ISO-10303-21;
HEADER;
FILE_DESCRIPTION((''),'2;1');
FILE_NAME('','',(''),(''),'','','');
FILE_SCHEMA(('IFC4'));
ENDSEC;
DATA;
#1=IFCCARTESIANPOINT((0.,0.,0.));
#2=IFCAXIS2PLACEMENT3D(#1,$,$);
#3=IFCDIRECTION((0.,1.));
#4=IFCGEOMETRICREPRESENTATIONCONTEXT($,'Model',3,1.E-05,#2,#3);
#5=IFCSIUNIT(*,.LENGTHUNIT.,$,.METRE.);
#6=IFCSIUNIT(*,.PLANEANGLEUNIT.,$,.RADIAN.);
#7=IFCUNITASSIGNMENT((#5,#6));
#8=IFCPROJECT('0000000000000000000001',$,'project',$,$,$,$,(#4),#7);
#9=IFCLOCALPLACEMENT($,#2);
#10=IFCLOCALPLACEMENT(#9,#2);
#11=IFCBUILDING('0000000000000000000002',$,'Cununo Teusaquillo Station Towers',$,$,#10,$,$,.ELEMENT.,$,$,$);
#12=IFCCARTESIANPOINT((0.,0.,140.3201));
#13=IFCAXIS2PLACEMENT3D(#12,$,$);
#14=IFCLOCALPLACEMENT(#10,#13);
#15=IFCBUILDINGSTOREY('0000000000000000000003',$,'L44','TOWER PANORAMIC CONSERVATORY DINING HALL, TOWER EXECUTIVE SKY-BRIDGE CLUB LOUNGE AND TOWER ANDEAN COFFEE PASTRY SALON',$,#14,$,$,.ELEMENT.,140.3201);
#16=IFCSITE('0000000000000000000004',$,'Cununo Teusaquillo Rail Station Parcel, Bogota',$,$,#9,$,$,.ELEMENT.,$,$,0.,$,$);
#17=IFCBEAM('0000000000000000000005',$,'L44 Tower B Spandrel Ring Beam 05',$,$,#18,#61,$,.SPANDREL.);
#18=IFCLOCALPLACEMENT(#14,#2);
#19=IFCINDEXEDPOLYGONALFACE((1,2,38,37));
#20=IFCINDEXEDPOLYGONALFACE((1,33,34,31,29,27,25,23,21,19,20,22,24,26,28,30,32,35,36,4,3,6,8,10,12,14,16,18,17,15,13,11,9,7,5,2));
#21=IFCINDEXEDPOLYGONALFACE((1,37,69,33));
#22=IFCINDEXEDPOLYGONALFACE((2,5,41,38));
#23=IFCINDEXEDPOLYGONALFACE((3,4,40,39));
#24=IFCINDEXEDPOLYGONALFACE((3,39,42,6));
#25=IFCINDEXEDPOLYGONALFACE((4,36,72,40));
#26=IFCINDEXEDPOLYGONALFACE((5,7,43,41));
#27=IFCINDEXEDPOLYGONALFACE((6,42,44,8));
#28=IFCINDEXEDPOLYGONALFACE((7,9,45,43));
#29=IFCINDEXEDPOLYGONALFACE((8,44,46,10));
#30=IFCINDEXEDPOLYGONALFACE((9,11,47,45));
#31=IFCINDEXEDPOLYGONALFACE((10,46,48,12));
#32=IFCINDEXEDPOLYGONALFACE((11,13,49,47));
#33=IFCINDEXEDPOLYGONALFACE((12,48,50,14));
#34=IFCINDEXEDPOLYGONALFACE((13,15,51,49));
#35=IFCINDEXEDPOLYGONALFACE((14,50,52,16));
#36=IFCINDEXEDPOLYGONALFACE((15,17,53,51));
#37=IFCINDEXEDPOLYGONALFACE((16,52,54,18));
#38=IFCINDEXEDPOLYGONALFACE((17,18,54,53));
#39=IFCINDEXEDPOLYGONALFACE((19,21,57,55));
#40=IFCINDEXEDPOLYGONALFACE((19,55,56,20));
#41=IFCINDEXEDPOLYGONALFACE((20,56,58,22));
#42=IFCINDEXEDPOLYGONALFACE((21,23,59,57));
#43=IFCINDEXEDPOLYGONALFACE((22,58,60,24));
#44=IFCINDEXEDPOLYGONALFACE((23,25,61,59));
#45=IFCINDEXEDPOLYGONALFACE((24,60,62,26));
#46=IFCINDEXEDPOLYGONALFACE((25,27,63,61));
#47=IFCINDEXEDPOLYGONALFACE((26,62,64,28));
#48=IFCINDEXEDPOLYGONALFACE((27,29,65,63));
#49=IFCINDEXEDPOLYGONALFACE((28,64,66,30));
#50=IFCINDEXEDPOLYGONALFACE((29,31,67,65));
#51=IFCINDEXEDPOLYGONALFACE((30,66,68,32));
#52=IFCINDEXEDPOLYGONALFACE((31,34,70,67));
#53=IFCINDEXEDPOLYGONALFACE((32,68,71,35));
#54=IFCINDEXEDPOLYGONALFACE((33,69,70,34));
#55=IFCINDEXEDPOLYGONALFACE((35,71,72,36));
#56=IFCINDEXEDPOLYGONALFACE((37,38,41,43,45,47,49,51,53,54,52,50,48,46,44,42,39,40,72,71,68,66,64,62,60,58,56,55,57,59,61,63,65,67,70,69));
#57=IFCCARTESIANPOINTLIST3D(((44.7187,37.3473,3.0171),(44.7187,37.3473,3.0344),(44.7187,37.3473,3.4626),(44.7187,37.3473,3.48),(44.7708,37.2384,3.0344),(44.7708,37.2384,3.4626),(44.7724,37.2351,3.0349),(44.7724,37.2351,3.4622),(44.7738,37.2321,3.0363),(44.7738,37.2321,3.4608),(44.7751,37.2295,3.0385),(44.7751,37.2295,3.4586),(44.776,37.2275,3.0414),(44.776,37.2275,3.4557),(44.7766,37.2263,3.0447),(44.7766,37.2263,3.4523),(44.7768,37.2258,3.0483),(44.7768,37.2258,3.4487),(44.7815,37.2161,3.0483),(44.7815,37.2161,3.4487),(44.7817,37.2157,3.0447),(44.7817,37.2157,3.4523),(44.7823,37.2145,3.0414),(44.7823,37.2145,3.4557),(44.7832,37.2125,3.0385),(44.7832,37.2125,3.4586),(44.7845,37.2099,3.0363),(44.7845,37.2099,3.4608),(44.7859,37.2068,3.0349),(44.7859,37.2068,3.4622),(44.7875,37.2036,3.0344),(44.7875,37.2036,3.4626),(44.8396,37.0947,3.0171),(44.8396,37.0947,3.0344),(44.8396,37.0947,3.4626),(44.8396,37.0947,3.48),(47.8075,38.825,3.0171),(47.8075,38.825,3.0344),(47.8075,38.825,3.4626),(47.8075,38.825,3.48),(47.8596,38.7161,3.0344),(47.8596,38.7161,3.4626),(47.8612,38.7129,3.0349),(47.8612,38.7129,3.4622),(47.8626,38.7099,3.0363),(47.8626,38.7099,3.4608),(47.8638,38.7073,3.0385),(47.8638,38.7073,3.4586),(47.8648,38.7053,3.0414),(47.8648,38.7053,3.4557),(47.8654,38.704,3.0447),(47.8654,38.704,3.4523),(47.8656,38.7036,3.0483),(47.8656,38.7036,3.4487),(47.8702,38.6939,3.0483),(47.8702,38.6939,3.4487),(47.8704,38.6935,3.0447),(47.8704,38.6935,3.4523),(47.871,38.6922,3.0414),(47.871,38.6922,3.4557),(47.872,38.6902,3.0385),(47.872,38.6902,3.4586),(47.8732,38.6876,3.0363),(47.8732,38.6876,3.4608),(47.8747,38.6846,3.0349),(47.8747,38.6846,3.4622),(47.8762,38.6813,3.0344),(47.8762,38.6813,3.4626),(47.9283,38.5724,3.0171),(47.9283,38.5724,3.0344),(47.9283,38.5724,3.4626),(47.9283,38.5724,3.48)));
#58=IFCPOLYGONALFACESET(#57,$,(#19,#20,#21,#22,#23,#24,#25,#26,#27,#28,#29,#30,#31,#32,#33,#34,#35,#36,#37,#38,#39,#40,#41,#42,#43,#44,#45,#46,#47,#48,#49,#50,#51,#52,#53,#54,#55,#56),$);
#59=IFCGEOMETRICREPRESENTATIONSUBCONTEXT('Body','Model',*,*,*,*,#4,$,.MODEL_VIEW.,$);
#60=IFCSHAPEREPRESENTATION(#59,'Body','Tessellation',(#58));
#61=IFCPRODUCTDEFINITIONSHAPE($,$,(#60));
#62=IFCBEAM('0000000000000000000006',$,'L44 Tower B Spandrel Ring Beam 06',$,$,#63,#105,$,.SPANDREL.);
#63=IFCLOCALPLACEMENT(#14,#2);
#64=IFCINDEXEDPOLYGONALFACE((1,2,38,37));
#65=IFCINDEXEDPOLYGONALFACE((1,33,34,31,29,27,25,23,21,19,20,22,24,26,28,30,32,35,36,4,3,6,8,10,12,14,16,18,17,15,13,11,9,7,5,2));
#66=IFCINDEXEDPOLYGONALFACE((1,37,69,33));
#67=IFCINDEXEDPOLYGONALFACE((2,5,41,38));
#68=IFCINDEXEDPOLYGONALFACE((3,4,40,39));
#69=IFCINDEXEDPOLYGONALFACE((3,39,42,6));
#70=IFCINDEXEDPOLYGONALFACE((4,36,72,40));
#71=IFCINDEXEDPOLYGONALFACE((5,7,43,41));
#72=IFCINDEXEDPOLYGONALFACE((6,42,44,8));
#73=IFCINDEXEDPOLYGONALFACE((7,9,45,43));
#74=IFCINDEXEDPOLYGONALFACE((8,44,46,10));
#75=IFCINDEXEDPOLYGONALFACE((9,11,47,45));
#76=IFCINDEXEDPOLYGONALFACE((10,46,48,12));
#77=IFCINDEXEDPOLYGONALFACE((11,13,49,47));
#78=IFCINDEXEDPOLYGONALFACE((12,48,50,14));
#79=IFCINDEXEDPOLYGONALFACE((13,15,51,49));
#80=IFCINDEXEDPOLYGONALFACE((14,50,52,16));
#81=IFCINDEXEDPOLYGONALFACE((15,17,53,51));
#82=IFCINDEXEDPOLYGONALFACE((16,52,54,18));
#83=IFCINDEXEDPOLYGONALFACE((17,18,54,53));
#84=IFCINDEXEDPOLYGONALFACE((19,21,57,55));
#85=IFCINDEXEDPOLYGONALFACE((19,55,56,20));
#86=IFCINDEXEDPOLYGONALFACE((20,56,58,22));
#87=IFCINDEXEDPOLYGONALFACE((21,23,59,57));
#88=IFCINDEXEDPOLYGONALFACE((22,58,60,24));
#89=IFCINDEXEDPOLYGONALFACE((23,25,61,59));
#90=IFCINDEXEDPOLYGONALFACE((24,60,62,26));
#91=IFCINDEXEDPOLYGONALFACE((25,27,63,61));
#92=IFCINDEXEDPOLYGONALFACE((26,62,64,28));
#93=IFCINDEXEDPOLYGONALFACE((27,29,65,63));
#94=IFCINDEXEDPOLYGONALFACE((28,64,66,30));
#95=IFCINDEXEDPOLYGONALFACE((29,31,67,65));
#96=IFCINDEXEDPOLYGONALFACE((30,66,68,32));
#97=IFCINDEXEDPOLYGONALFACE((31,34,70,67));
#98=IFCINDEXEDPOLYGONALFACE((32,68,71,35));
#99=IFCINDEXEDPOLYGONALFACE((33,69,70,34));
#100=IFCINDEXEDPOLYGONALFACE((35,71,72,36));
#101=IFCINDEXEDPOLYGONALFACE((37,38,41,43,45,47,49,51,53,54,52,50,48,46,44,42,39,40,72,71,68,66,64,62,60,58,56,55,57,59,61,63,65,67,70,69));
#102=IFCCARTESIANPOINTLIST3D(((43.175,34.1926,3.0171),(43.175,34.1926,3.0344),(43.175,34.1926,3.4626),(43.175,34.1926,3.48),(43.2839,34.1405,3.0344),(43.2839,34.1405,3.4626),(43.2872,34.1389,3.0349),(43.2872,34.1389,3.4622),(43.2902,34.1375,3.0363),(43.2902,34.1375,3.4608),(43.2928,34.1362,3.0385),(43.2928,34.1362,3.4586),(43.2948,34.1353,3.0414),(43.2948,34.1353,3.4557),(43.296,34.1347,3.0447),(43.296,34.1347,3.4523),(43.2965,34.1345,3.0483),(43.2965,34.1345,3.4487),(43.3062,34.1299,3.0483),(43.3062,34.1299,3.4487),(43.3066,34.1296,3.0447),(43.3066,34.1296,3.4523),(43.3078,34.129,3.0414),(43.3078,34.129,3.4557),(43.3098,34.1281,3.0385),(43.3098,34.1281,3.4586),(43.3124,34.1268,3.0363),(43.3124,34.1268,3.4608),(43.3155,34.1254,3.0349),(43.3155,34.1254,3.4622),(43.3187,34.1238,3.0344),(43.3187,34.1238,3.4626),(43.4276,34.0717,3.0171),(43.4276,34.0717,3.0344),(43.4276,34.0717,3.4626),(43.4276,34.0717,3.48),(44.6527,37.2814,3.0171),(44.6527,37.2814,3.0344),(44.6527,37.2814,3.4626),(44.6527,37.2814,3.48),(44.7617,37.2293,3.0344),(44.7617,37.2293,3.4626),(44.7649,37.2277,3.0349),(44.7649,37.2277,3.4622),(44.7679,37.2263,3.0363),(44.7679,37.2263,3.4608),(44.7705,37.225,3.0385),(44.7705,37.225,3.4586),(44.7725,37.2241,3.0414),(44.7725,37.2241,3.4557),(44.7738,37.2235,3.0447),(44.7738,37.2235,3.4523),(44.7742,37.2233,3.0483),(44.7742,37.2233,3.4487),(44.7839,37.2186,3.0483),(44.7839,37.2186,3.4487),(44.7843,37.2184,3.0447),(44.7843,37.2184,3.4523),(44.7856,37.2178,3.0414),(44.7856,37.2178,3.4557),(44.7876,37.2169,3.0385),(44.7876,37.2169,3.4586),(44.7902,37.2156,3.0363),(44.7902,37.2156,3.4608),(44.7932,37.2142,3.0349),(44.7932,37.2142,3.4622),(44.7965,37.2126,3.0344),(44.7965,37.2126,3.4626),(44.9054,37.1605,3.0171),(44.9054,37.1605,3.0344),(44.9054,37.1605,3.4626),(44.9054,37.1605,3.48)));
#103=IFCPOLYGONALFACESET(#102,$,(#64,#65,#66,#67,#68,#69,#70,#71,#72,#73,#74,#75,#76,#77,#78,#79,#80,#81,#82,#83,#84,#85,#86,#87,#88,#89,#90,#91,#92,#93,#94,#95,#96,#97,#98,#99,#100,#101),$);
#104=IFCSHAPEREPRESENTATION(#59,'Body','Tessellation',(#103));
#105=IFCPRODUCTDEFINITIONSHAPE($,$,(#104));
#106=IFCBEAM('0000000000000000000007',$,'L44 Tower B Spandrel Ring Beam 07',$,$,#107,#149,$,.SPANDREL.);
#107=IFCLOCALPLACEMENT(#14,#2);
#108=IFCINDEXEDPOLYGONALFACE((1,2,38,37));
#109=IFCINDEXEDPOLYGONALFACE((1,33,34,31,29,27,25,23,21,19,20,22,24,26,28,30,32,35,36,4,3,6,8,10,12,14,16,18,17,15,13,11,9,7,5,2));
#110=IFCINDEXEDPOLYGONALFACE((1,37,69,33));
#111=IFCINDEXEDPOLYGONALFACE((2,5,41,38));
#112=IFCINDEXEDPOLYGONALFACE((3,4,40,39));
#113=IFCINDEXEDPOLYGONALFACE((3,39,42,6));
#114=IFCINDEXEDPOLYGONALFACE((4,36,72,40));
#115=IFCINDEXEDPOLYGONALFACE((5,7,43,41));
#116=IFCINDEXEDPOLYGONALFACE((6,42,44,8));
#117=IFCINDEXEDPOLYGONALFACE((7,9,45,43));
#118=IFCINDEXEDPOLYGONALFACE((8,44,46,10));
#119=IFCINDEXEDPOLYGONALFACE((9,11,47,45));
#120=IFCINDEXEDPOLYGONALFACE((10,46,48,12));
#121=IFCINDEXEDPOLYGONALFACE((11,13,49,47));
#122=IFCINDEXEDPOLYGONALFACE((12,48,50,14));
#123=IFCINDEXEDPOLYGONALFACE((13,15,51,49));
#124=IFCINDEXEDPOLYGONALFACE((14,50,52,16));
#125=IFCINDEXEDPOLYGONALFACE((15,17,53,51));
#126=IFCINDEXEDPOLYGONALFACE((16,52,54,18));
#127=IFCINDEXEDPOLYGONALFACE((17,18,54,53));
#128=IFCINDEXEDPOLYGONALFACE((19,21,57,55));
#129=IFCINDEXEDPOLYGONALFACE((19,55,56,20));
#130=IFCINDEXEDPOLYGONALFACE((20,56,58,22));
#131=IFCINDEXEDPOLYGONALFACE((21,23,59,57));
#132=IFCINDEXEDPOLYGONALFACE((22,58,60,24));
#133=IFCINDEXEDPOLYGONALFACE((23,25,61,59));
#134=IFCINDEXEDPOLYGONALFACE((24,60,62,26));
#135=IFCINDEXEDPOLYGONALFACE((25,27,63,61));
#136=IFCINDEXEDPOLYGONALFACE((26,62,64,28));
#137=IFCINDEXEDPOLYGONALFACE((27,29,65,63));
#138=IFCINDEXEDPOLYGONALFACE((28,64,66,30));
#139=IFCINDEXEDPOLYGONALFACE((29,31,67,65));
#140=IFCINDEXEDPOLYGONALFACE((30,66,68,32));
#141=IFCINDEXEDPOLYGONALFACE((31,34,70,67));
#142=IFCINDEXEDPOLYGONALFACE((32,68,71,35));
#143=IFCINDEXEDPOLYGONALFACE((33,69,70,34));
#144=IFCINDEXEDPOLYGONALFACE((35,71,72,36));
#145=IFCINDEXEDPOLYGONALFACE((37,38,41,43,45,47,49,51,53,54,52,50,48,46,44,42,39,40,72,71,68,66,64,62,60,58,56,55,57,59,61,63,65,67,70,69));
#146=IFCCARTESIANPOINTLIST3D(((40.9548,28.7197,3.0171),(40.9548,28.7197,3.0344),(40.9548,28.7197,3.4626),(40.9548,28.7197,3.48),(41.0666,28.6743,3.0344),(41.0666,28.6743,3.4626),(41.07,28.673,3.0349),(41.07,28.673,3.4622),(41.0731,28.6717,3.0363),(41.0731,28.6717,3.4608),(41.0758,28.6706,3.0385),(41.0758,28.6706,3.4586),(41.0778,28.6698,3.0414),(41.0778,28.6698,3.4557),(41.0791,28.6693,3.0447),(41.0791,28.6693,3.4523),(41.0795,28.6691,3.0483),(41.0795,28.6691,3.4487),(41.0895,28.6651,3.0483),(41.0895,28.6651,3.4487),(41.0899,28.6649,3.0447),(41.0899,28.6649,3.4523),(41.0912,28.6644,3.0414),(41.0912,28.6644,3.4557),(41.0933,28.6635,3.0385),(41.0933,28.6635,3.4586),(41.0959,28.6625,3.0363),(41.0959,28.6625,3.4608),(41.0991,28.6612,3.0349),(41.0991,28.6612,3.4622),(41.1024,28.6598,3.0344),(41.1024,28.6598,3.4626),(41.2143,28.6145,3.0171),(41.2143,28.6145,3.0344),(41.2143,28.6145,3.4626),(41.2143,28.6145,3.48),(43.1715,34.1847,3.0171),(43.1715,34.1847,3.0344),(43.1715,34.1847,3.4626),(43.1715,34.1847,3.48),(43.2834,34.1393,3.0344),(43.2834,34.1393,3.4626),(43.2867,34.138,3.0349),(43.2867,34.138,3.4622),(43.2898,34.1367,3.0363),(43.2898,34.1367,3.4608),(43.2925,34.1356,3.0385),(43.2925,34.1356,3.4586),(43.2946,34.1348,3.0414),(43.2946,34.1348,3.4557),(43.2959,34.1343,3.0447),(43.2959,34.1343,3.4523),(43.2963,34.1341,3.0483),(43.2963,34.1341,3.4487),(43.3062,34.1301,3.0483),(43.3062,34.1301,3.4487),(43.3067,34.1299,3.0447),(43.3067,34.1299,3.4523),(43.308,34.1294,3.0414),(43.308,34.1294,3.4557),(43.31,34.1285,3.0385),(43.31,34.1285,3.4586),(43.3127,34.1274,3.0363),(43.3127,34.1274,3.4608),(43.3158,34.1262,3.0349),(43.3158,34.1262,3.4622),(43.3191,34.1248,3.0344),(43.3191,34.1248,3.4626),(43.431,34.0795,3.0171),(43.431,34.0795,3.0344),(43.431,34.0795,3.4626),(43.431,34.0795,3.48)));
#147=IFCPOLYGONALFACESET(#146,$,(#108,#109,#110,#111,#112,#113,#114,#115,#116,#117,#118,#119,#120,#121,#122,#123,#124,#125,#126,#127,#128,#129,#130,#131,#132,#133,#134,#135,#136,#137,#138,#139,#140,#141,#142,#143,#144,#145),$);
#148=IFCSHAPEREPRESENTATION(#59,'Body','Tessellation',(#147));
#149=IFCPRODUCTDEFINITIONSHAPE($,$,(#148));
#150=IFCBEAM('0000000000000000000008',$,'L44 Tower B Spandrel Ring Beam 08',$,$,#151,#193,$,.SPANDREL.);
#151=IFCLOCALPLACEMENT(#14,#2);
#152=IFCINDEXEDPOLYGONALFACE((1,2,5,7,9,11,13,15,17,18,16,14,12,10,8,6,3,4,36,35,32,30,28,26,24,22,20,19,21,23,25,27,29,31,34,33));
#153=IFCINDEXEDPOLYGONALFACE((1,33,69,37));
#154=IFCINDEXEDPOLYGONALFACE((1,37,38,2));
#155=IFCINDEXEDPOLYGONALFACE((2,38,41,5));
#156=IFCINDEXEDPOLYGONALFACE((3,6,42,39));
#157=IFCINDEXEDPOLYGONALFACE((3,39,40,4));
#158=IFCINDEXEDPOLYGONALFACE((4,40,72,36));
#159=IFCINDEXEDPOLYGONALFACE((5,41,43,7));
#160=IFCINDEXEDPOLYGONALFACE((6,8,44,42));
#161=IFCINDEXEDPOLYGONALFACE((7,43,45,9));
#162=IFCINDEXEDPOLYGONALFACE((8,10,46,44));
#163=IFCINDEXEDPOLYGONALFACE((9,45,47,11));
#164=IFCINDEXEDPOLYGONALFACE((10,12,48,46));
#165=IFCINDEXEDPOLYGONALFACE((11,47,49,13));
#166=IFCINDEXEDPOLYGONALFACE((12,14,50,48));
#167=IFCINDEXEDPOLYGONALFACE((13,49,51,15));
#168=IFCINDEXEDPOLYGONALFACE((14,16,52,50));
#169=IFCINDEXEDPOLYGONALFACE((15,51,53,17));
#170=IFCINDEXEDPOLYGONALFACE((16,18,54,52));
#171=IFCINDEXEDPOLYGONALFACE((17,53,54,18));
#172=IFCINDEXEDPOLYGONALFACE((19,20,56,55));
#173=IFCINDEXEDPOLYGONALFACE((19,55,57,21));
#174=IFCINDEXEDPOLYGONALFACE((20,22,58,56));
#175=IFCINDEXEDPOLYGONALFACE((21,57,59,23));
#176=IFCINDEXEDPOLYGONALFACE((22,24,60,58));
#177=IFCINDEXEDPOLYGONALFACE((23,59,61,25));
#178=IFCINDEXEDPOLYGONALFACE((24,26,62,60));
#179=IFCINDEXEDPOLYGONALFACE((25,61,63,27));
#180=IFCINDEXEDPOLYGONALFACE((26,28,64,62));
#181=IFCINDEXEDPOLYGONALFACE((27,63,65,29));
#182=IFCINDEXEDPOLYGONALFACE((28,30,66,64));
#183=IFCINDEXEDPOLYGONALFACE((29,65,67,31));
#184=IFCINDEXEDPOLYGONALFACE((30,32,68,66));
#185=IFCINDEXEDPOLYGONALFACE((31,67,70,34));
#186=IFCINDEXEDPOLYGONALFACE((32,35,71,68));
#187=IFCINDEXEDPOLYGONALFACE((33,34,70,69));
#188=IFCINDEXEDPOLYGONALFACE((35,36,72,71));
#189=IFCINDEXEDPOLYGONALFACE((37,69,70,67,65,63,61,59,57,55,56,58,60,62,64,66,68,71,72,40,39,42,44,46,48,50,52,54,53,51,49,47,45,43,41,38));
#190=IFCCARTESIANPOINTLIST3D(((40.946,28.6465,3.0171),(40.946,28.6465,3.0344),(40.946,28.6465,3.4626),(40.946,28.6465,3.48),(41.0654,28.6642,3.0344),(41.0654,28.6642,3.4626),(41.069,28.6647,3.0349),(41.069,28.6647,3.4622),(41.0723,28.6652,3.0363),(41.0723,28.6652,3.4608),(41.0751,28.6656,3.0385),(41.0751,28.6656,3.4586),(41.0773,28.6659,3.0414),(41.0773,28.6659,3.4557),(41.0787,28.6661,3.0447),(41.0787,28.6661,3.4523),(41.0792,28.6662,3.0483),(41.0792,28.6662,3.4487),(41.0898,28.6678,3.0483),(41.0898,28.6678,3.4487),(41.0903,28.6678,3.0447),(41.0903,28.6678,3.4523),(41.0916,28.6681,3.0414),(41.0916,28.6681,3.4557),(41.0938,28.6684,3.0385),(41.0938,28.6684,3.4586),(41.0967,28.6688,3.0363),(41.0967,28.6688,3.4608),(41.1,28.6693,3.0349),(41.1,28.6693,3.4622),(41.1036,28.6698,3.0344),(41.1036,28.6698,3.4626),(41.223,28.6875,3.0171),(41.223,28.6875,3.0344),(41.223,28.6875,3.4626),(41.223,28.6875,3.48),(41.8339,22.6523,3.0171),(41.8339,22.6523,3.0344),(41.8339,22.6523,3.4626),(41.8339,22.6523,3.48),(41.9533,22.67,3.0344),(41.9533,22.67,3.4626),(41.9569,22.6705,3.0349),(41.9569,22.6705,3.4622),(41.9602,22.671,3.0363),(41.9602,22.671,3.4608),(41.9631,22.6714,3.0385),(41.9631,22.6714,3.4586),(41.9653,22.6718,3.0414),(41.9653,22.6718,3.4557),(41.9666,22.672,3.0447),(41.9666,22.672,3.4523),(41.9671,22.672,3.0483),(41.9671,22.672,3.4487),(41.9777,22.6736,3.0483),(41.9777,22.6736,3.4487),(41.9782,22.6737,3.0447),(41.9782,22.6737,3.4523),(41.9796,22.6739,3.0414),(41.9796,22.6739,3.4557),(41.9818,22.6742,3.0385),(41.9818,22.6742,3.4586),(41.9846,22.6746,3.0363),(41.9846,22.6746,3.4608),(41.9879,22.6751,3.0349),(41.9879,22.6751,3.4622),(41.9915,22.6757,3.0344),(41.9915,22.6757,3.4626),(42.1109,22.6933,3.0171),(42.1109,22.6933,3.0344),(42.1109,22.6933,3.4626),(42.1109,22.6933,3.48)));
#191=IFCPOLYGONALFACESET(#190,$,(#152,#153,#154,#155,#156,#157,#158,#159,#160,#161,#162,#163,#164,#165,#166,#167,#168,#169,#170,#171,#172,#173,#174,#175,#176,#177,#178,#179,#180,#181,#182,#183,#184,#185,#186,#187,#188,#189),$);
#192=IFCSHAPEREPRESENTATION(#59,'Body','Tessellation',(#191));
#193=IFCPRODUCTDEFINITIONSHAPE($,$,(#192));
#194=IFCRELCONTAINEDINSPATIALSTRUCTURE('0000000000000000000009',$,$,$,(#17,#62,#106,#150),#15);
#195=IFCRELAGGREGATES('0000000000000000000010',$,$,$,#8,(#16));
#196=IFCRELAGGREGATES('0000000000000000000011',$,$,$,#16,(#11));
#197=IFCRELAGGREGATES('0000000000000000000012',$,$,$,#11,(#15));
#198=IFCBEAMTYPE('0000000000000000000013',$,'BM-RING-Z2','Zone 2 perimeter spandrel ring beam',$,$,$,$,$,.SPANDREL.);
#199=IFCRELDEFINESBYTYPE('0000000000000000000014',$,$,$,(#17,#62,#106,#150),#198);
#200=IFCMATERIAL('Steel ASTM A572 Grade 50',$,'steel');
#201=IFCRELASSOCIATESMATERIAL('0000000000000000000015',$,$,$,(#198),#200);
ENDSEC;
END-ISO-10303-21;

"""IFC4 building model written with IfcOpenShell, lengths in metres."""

from ifc_helpers import new_model, si_unit, direction, frame, origin, origin_2d, place, context, subcontext, project, spatial, i_section, extrude, material, material_profile, profile_set, type_object, element, save


model = new_model("IFC4")

# Units and contexts
model_context = context("Model", 3, precision=1e-05, world=origin(), true_north=direction((0.0, 1.0)))
body_context = subcontext(model_context, "Body", "Model", "MODEL_VIEW")
ifc_project = project(units=[si_unit("LENGTHUNIT", "METRE"), si_unit("PLANEANGLEUNIT", "RADIAN")], contexts=[model_context])

# Site, building, storey
site_placement = place(None, origin())
site = spatial("IfcSite", under=ifc_project, at=site_placement, Name="Cununo Teusaquillo Rail Station Parcel, Bogota", CompositionType="ELEMENT", RefElevation=0.0)
building_placement = place(site_placement, origin())
building = spatial("IfcBuilding", under=site, at=building_placement, Name="Cununo Teusaquillo Station Towers", CompositionType="ELEMENT")
storey_placement = place(building_placement, frame((0.0, 0.0, 140.3201)))
storey = spatial("IfcBuildingStorey", under=building, at=storey_placement, Name="L44", Description="TOWER PANORAMIC CONSERVATORY DINING HALL, TOWER EXECUTIVE SKY-BRIDGE CLUB LOUNGE AND TOWER ANDEAN COFFEE PASTRY SALON", CompositionType="ELEMENT", Elevation=140.3201)

# Beams
ifc_material_1 = material(Name="Steel ASTM A572 Grade 50", Category="steel")
ifc_material_profile_1 = material_profile(ifc_material_1, i_section(OverallWidth=0.28, OverallDepth=0.4629, WebThickness=0.0107, FlangeThickness=0.0173, FilletRadius=0.0139, at=origin_2d()), Name="W18X76")
ifc_profile_set_1 = profile_set([ifc_material_profile_1], Name="Steel ASTM A572 Grade 50")
beam_type_1 = type_object("IfcBeamType", Name="BM-RING-Z2", Description="Zone 2 perimeter spandrel ring beam", PredefinedType="SPANDREL", material=ifc_profile_set_1)
for number, where, z_axis, x_axis, name in (
    (1, (47.8679, 38.6987, 3.2485), (-0.902078, -0.431574, 0.0), (0.431574, -0.902078, 0.0), "L44 Tower B Spandrel Ring Beam 05"),
    (2, (44.7791, 37.2209, 3.2485), (-0.431574, -0.902078, 0.0), (0.902078, -0.431574, 0.0), "L44 Tower B Spandrel Ring Beam 06"),
):
    element("IfcBeam", number, at=place(storey_placement, frame(where, z_axis=z_axis, x_axis=x_axis)), inside=storey, type_object=beam_type_1, Name=name, PredefinedType="SPANDREL", context=body_context, shape_type="SweptSolid", body=[
        extrude(i_section(OverallWidth=0.28, OverallDepth=0.4629, WebThickness=0.0107, FlangeThickness=0.0173, FilletRadius=0.0139, at=origin_2d()), origin(), (0.0, 0.0, 1.0), 3.4241),
    ])
beam_1_placement = place(storey_placement, frame((43.3013, 34.1321, 3.2485), z_axis=(-0.375883, -0.926667, 0.0), x_axis=(0.926667, -0.375883, 0.0)))
element("IfcBeam", 3, at=beam_1_placement, inside=storey, type_object=beam_type_1, Name="L44 Tower B Spandrel Ring Beam 07", PredefinedType="SPANDREL", context=body_context, shape_type="SweptSolid", body=[
    extrude(i_section(OverallWidth=0.28, OverallDepth=0.4629, WebThickness=0.0107, FlangeThickness=0.0173, FilletRadius=0.0139, at=origin_2d()), origin(), (0.0, 0.0, 1.0), 5.8975),
])
beam_2_placement = place(storey_placement, frame((41.0845, 28.667, 3.2485), z_axis=(0.146536, -0.989205, 0.0), x_axis=(0.989205, 0.146536, 0.0)))
element("IfcBeam", 4, at=beam_2_placement, inside=storey, type_object=beam_type_1, Name="L44 Tower B Spandrel Ring Beam 08", PredefinedType="SPANDREL", context=body_context, shape_type="SweptSolid", body=[
    extrude(i_section(OverallWidth=0.28, OverallDepth=0.4629, WebThickness=0.0107, FlangeThickness=0.0173, FilletRadius=0.0139, at=origin_2d()), origin(), (0.0, 0.0, 1.0), 6.0596),
])

save(model, "model.ifc")
